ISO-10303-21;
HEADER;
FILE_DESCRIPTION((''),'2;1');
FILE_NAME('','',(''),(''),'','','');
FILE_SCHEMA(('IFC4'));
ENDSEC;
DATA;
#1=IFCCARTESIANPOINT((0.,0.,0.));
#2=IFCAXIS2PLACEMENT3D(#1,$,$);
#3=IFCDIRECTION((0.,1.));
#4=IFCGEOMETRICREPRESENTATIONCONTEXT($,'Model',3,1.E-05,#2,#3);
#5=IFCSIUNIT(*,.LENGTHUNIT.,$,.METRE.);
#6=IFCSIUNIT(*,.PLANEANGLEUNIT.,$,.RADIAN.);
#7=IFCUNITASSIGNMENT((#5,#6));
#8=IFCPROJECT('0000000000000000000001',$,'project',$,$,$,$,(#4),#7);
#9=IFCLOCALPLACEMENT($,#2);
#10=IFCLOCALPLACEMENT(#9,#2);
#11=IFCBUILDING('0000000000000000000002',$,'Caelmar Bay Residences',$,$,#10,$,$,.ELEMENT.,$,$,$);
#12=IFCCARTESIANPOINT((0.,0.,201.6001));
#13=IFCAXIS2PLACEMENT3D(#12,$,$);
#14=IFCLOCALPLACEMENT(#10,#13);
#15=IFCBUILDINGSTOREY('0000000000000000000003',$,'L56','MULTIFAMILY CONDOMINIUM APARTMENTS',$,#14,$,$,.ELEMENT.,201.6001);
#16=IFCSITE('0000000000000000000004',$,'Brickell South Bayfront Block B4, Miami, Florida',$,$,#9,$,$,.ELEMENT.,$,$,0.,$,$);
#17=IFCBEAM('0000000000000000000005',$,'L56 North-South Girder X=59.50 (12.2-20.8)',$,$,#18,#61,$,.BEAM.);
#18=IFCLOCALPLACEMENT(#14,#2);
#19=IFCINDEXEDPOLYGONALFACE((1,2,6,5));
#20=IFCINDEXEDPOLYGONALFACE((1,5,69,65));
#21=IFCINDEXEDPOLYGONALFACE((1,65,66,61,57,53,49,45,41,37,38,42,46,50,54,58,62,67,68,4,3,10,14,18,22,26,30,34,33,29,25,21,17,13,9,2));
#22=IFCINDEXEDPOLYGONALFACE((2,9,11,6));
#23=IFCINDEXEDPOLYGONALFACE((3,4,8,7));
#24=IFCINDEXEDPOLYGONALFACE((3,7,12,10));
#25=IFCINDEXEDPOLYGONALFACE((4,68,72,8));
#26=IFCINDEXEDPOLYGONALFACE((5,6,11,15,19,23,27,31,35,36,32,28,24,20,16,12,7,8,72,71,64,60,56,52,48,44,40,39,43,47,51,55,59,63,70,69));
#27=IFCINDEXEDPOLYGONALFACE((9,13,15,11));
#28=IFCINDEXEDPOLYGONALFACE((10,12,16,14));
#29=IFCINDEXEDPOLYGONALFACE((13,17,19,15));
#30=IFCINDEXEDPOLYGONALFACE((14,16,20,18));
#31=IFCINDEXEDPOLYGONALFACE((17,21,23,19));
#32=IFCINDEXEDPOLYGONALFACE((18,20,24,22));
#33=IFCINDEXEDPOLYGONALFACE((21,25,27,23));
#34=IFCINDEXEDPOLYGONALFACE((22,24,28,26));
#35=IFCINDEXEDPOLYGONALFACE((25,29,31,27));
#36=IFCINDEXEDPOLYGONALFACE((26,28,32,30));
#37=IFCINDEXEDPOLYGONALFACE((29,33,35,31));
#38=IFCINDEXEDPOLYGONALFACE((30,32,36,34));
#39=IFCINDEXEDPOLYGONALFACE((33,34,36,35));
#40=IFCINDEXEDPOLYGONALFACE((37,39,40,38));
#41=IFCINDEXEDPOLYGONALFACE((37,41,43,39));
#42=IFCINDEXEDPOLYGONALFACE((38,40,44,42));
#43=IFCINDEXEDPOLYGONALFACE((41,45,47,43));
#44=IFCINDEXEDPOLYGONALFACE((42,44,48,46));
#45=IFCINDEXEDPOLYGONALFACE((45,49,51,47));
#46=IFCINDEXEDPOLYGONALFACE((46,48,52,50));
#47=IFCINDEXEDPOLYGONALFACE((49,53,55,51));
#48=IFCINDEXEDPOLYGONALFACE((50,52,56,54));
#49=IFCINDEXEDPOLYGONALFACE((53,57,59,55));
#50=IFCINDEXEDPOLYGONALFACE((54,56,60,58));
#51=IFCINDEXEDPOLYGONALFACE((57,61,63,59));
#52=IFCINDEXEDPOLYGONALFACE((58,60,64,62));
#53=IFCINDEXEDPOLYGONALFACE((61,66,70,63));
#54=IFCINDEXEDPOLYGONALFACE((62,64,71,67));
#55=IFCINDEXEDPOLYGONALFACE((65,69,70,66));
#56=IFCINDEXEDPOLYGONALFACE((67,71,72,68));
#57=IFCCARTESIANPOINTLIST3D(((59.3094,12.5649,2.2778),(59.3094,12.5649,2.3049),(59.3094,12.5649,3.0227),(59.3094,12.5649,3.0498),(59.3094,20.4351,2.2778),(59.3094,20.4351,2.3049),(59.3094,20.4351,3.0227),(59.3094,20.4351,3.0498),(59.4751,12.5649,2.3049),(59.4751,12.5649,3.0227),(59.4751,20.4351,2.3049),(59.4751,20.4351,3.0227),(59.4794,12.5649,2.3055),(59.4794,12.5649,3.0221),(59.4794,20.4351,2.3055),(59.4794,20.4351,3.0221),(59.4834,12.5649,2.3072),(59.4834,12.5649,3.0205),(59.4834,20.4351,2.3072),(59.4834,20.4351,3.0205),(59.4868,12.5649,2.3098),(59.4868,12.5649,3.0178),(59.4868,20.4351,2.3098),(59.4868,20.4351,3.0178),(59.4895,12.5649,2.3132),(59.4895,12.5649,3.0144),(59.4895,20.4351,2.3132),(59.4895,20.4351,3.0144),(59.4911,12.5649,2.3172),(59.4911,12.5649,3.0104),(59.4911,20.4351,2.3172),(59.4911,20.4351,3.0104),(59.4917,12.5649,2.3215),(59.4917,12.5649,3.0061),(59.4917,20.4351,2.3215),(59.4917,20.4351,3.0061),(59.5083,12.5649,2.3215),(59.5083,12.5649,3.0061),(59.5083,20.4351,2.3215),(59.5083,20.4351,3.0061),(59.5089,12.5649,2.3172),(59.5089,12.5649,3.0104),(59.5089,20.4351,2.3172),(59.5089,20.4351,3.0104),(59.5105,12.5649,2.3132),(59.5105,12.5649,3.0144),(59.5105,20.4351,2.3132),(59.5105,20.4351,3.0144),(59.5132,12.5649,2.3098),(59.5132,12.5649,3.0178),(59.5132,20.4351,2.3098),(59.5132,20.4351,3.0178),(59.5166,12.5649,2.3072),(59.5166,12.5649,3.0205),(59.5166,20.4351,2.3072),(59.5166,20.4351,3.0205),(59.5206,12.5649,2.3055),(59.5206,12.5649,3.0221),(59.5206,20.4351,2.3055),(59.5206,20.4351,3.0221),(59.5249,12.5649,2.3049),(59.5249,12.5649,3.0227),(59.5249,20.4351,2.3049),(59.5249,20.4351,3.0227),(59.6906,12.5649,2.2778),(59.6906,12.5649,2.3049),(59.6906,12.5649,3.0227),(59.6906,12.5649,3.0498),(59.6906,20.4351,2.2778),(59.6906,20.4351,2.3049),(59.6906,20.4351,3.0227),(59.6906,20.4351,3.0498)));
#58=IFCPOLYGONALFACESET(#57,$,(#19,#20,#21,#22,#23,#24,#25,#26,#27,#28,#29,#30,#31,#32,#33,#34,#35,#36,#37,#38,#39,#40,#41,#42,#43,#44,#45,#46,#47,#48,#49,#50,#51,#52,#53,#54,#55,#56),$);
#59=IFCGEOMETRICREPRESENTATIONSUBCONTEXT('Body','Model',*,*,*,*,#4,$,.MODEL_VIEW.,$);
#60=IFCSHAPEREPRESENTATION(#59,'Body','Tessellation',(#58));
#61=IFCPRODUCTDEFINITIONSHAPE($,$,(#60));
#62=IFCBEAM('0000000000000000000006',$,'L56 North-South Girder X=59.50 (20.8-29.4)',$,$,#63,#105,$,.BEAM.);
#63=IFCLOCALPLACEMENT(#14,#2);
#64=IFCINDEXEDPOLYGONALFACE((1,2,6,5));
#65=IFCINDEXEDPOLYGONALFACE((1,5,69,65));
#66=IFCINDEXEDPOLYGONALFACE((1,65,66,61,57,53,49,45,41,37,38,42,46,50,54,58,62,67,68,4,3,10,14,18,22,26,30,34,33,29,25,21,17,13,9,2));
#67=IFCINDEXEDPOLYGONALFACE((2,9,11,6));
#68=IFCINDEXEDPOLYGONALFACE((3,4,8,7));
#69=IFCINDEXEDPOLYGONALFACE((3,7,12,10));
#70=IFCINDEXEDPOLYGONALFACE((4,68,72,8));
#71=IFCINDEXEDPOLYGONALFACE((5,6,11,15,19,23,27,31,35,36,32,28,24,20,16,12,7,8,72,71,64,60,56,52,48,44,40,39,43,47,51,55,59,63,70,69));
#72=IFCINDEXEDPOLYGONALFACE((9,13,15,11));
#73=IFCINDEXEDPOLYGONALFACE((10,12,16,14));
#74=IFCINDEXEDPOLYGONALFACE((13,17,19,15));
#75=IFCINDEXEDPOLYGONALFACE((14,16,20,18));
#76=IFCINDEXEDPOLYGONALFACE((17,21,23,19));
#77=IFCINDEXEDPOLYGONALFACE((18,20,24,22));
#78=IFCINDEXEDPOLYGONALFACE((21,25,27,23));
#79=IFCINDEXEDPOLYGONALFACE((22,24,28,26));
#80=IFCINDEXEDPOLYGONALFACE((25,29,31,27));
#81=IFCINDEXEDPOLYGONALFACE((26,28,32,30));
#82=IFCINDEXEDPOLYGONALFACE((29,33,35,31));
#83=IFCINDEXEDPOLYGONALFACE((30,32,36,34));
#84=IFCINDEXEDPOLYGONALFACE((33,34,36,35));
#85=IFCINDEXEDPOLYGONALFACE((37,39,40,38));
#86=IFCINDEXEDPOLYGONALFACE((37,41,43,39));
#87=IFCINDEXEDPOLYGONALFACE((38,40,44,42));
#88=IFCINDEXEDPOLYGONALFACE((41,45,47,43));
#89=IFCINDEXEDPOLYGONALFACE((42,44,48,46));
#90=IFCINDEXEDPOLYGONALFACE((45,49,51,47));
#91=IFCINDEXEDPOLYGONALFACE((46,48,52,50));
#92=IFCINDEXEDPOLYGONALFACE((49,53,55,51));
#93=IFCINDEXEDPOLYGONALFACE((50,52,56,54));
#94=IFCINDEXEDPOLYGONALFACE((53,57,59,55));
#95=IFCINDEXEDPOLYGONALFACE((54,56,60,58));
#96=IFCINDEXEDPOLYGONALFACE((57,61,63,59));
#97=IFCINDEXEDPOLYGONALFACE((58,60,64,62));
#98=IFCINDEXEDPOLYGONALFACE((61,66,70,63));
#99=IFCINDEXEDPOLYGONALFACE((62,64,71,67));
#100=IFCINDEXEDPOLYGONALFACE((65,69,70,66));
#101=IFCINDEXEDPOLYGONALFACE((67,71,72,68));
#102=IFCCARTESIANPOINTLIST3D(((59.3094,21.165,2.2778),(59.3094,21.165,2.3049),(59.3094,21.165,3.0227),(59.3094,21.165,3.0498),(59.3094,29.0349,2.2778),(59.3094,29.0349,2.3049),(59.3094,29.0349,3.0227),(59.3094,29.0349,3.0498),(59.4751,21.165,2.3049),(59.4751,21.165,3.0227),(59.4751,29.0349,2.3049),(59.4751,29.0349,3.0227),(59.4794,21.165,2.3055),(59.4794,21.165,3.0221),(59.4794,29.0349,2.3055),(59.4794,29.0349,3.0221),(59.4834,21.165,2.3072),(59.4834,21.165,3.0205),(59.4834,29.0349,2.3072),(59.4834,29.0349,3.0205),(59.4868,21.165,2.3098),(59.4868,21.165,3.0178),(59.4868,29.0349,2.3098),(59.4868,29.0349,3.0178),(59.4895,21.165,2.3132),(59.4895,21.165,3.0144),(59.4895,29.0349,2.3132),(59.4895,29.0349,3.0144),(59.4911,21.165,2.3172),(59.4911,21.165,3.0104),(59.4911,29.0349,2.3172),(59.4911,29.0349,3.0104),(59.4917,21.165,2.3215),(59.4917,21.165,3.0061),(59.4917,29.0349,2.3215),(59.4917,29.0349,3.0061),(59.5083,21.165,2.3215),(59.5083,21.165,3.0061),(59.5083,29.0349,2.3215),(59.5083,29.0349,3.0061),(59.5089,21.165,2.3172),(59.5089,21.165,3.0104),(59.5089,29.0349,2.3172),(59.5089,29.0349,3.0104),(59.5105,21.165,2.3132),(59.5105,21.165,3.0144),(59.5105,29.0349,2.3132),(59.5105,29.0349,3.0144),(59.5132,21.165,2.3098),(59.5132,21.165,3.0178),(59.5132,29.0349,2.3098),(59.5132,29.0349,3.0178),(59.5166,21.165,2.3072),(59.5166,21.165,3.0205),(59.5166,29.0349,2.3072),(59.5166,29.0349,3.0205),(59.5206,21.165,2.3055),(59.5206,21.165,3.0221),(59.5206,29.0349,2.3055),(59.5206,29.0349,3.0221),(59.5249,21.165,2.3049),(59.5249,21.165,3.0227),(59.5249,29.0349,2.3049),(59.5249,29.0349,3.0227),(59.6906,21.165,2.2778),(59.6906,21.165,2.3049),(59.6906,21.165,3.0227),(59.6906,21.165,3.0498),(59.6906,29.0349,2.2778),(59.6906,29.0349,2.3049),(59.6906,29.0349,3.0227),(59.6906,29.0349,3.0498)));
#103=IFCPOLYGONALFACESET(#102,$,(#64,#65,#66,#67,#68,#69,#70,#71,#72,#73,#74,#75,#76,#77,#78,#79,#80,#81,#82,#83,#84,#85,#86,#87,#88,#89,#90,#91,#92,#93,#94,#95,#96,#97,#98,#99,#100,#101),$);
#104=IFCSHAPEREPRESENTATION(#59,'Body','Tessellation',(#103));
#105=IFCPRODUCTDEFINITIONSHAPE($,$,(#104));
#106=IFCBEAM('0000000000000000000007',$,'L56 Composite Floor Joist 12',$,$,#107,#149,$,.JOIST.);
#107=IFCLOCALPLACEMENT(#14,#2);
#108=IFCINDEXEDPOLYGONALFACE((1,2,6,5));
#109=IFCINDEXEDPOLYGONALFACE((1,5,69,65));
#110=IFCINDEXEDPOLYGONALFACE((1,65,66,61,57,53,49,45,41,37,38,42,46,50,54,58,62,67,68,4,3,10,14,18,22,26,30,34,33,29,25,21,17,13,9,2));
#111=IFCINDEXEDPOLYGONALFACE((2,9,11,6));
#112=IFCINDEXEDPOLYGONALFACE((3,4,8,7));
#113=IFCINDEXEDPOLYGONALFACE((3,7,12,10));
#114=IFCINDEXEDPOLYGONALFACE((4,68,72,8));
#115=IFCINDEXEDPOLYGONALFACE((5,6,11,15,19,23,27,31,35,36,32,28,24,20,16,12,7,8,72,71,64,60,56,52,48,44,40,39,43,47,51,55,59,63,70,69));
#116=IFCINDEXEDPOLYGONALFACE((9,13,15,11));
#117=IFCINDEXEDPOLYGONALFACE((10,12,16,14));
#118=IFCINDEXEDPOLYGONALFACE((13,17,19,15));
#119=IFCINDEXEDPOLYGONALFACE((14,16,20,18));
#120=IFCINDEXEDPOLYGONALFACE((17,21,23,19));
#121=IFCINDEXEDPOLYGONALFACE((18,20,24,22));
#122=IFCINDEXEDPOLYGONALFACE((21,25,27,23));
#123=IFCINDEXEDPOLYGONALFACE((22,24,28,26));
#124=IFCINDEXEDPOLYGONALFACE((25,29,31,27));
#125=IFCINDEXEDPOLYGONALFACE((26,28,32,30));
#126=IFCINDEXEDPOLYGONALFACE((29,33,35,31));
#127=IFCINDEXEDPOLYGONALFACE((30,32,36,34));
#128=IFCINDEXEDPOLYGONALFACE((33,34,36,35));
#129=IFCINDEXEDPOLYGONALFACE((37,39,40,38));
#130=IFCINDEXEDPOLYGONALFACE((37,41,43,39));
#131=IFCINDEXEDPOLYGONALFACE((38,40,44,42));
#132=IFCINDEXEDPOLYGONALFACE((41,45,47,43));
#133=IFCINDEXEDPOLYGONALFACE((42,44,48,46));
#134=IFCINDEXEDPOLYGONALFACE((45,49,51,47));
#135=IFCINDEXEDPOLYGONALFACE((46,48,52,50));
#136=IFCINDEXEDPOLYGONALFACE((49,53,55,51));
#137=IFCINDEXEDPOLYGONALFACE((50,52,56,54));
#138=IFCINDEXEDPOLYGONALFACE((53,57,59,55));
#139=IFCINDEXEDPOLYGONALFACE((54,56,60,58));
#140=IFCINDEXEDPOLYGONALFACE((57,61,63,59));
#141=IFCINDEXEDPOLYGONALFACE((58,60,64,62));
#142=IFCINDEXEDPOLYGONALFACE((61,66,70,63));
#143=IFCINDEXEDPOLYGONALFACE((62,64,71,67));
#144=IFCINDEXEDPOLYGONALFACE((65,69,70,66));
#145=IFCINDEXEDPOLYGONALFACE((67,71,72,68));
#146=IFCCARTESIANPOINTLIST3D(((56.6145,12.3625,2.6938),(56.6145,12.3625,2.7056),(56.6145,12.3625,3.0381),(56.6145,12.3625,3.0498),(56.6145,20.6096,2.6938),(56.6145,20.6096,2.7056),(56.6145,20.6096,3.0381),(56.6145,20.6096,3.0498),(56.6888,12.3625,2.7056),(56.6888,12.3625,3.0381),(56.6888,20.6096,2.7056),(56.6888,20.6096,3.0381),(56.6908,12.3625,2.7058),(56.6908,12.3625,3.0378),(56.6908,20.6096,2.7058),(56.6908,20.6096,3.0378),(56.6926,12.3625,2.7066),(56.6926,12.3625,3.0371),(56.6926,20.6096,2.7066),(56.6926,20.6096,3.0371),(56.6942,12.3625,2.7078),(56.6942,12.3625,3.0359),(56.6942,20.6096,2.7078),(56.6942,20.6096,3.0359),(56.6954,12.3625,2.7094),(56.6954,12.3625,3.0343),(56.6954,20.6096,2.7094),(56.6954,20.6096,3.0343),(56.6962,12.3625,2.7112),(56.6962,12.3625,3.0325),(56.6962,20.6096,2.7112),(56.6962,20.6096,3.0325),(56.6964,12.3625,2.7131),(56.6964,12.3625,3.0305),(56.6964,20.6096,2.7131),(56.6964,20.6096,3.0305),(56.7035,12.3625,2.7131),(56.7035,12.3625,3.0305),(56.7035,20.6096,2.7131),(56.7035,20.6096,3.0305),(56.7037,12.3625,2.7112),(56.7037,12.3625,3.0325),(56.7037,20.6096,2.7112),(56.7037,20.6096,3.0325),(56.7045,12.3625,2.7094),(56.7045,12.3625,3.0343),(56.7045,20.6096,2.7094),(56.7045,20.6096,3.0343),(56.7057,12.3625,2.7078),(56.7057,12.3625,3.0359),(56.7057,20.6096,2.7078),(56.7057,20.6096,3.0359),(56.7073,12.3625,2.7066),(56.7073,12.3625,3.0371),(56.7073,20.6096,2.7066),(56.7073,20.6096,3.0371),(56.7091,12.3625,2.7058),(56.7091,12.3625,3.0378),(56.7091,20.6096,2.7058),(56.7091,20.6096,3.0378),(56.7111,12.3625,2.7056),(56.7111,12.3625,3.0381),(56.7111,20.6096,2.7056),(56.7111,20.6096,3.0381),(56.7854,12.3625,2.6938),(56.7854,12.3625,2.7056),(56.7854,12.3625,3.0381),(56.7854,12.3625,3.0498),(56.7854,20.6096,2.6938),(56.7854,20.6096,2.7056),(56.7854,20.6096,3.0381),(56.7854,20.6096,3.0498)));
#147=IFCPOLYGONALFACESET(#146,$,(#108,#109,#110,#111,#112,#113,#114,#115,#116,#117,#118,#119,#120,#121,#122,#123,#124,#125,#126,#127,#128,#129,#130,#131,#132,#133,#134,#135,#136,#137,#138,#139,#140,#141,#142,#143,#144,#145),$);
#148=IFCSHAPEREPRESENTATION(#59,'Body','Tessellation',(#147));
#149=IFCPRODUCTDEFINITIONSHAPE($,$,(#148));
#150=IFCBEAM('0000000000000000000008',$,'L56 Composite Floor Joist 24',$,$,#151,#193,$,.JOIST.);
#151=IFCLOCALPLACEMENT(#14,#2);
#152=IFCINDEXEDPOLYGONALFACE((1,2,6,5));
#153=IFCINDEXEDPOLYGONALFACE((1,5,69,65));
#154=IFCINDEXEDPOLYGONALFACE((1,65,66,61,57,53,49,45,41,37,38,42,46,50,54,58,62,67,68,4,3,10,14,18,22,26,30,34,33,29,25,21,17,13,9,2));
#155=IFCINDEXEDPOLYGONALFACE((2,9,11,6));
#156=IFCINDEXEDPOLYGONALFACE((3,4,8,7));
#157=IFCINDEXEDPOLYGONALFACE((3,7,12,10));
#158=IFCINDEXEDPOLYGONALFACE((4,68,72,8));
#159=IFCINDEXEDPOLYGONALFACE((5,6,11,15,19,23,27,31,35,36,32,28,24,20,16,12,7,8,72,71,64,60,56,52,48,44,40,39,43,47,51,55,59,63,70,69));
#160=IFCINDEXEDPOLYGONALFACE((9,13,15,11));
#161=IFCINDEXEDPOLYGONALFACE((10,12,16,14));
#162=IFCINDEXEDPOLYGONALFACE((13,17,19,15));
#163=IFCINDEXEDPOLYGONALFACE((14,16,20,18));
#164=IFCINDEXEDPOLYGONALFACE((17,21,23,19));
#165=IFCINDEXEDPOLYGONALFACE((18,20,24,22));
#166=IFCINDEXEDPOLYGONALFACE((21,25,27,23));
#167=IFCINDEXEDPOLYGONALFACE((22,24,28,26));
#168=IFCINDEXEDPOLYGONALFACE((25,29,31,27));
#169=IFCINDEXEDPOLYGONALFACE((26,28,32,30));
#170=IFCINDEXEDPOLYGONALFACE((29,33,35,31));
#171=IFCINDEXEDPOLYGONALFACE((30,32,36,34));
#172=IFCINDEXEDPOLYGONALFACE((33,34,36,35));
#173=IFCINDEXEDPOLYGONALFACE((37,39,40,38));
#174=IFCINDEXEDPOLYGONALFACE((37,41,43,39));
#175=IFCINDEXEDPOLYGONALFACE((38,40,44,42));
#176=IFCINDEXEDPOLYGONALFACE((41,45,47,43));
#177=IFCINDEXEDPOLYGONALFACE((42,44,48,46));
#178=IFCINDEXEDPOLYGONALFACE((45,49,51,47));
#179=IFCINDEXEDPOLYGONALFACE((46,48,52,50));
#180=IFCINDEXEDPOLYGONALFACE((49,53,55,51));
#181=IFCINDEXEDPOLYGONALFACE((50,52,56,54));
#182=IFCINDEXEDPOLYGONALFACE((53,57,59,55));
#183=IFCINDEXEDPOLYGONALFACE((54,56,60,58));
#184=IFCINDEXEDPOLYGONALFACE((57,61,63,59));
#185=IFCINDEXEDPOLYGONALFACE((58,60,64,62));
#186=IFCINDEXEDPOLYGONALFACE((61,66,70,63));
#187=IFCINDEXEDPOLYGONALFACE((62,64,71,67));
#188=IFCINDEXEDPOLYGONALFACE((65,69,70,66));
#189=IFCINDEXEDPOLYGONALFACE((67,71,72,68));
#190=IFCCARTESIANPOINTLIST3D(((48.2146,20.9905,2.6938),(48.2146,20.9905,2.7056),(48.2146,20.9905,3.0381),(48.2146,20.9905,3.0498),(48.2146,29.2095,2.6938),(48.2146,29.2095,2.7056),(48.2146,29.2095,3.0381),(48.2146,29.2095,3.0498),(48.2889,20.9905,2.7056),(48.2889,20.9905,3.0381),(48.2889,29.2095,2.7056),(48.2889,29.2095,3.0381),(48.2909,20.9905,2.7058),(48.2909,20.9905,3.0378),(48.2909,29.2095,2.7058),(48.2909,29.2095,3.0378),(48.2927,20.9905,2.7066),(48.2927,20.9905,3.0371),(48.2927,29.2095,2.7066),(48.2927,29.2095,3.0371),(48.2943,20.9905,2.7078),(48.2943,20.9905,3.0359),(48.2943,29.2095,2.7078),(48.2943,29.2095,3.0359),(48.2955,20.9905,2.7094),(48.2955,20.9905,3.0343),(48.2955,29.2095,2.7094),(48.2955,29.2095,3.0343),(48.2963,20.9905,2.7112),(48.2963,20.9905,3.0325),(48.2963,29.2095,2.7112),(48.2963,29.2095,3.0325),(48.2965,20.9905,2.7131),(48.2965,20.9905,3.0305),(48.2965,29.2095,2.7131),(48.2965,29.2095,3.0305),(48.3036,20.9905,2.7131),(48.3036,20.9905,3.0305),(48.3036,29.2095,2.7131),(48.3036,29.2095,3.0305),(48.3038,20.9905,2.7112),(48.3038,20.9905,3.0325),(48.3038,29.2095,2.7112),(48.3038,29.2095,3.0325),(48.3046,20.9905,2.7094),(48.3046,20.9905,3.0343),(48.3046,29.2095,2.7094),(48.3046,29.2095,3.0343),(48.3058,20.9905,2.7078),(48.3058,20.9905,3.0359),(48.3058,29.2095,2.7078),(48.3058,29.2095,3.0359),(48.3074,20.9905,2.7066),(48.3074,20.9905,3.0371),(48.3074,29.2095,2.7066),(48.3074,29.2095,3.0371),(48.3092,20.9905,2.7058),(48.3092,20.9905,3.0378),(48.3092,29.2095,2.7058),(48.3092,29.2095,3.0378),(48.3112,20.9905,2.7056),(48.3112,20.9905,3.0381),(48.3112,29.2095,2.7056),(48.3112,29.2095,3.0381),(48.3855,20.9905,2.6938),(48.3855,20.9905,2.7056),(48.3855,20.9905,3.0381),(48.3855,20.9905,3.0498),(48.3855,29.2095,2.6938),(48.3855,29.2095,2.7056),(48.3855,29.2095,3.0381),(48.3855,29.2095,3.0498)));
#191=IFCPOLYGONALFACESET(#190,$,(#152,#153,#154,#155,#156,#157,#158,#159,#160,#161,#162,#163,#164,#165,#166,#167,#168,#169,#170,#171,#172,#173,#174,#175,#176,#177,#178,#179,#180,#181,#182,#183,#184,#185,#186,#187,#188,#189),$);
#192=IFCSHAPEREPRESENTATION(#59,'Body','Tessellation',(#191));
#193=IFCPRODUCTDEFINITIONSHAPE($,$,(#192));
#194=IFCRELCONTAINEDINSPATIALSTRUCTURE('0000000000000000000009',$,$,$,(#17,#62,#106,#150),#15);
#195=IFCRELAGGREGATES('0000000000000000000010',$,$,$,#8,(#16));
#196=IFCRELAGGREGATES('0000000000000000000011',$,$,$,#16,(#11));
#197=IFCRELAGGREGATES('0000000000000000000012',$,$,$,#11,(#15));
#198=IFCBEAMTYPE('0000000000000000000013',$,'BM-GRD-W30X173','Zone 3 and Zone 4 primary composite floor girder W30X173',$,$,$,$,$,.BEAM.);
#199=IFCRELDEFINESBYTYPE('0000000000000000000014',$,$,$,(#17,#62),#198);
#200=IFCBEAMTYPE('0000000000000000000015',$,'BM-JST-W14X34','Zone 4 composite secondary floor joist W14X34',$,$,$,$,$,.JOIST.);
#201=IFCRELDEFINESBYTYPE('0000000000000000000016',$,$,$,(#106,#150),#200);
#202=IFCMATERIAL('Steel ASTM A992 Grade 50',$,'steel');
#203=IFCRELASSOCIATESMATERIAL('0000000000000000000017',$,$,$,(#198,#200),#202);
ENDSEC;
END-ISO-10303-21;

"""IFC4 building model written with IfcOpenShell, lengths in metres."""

from ifc_helpers import new_model, si_unit, direction, frame, origin, origin_2d, place, context, subcontext, project, spatial, i_section, extrude, material, material_profile, profile_set, type_object, element, save


model = new_model("IFC4")

# Units and contexts
model_context = context("Model", 3, precision=1e-05, world=origin(), true_north=direction((0.0, 1.0)))
body_context = subcontext(model_context, "Body", "Model", "MODEL_VIEW")
ifc_project = project(units=[si_unit("LENGTHUNIT", "METRE"), si_unit("PLANEANGLEUNIT", "RADIAN")], contexts=[model_context])

# Site, building, storey
site_placement = place(None, origin())
site = spatial("IfcSite", under=ifc_project, at=site_placement, Name="Brickell South Bayfront Block B4, Miami, Florida", CompositionType="ELEMENT", RefElevation=0.0)
building_placement = place(site_placement, origin())
building = spatial("IfcBuilding", under=site, at=building_placement, Name="Caelmar Bay Residences", CompositionType="ELEMENT")
storey_placement = place(building_placement, frame((0.0, 0.0, 201.6001)))
storey = spatial("IfcBuildingStorey", under=building, at=storey_placement, Name="L56", Description="MULTIFAMILY CONDOMINIUM APARTMENTS", CompositionType="ELEMENT", Elevation=201.6001)

# Beams
ifc_material_1 = material(Name="Steel ASTM A992 Grade 50", Category="steel")
ifc_material_profile_1 = material_profile(ifc_material_1, i_section(OverallWidth=0.3811, OverallDepth=0.772, WebThickness=0.0166, FlangeThickness=0.0271, FilletRadius=0.0166, at=origin_2d()), Name="W30X173")
ifc_profile_set_1 = profile_set([ifc_material_profile_1], Name="Steel ASTM A992 Grade 50")
beam_type_1 = type_object("IfcBeamType", Name="BM-GRD-W30X173", Description="Zone 3 and Zone 4 primary composite floor girder W30X173", PredefinedType="BEAM", material=ifc_profile_set_1)
for number, where, z_axis, x_axis, name in (
    (1, (59.5, 12.5649, 2.6638), (0.0, 1.0, 0.0), (-1.0, 0.0, 0.0), "L56 North-South Girder X=59.50 (12.2-20.8)"),
):
    element("IfcBeam", number, at=place(storey_placement, frame(where, z_axis=z_axis, x_axis=x_axis)), inside=storey, type_object=beam_type_1, Name=name, PredefinedType="BEAM", context=body_context, shape_type="SweptSolid", body=[
        extrude(i_section(OverallWidth=0.3811, OverallDepth=0.772, WebThickness=0.0166, FlangeThickness=0.0271, FilletRadius=0.0166, at=origin_2d()), origin(), (0.0, 0.0, 1.0), 7.8701),
    ])
beam_1_placement = place(storey_placement, frame((59.5, 21.165, 2.6638), z_axis=(0.0, 1.0, 0.0), x_axis=(-1.0, 0.0, 0.0)))
element("IfcBeam", 2, at=beam_1_placement, inside=storey, type_object=beam_type_1, Name="L56 North-South Girder X=59.50 (20.8-29.4)", PredefinedType="BEAM", context=body_context, shape_type="SweptSolid", body=[
    extrude(i_section(OverallWidth=0.3811, OverallDepth=0.772, WebThickness=0.0166, FlangeThickness=0.0271, FilletRadius=0.0166, at=origin_2d()), origin(), (0.0, 0.0, 1.0), 7.8699),
])
ifc_material_profile_2 = material_profile(ifc_material_1, i_section(OverallWidth=0.1709, OverallDepth=0.356, WebThickness=0.0071, FlangeThickness=0.0117, FilletRadius=0.0076, at=origin_2d()), Name="W14X34")
ifc_profile_set_2 = profile_set([ifc_material_profile_2], Name="Steel ASTM A992 Grade 50")
beam_type_2 = type_object("IfcBeamType", Name="BM-JST-W14X34", Description="Zone 4 composite secondary floor joist W14X34", PredefinedType="JOIST", material=ifc_profile_set_2)
beam_2_placement = place(storey_placement, frame((56.7, 12.3625, 2.8718), z_axis=(0.0, 1.0, 0.0), x_axis=(-1.0, 0.0, 0.0)))
element("IfcBeam", 3, at=beam_2_placement, inside=storey, type_object=beam_type_2, Name="L56 Composite Floor Joist 12", PredefinedType="JOIST", context=body_context, shape_type="SweptSolid", body=[
    extrude(i_section(OverallWidth=0.1709, OverallDepth=0.356, WebThickness=0.0071, FlangeThickness=0.0117, FilletRadius=0.0076, at=origin_2d()), origin(), (0.0, 0.0, 1.0), 8.2471),
])
for number, where, z_axis, x_axis, name in (
    (4, (48.3, 20.9905, 2.8718), (0.0, 1.0, 0.0), (-1.0, 0.0, 0.0), "L56 Composite Floor Joist 24"),
):
    element("IfcBeam", number, at=place(storey_placement, frame(where, z_axis=z_axis, x_axis=x_axis)), inside=storey, type_object=beam_type_2, Name=name, PredefinedType="JOIST", context=body_context, shape_type="SweptSolid", body=[
        extrude(i_section(OverallWidth=0.1709, OverallDepth=0.356, WebThickness=0.0071, FlangeThickness=0.0117, FilletRadius=0.0076, at=origin_2d()), origin(), (0.0, 0.0, 1.0), 8.219),
    ])

save(model, "model.ifc")
